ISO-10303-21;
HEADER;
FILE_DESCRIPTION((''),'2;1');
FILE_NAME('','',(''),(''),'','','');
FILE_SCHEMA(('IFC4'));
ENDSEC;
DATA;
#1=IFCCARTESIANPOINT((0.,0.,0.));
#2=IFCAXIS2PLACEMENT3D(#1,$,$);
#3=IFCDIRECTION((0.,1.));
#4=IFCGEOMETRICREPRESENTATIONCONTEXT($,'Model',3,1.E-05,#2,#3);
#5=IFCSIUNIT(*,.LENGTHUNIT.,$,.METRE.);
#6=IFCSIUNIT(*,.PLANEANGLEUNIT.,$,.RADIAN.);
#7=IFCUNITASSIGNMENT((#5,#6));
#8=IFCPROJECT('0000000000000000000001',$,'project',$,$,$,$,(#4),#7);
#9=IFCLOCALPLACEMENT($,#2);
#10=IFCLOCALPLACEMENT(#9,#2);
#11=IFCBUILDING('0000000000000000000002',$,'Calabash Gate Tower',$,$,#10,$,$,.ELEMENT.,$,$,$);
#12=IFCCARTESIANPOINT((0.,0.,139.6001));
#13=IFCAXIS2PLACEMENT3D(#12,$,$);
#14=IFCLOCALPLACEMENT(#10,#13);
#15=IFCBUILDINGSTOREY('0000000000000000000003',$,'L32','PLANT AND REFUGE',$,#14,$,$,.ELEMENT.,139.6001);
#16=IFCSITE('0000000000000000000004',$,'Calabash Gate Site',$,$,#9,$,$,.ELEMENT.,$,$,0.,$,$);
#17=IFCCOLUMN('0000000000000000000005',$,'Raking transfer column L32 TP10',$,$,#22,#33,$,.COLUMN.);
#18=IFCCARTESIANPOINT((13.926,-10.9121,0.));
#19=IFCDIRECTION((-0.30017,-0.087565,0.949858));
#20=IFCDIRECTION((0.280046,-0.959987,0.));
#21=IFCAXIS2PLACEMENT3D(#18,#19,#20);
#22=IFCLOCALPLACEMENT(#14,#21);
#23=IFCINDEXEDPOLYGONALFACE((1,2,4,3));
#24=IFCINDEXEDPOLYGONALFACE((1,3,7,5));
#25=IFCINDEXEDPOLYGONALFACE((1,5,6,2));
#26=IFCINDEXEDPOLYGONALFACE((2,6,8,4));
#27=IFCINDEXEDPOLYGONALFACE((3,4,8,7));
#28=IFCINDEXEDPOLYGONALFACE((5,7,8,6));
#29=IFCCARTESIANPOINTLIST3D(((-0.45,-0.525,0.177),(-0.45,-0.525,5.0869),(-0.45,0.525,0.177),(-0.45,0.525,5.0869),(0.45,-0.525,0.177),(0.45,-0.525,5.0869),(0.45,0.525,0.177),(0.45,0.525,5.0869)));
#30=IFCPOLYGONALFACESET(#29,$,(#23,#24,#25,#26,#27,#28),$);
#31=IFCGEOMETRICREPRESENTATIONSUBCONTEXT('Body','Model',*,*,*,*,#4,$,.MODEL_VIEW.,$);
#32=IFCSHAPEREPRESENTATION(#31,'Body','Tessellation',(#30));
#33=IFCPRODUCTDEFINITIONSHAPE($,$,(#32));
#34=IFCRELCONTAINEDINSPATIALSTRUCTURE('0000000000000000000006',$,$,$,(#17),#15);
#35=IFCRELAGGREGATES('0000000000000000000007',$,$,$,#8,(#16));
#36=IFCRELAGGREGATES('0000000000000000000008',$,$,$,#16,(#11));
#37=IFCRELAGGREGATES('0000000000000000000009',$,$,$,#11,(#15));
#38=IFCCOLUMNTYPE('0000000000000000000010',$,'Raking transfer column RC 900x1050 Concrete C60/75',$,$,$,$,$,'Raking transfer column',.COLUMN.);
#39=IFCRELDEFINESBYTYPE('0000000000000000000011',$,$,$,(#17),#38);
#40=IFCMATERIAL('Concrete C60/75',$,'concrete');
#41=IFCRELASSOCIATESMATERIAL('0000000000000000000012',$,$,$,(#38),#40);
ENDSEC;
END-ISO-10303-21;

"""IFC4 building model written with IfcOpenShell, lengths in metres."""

from ifc_helpers import new_model, si_unit, direction, frame, origin, origin_2d, place, context, subcontext, project, spatial, rectangle, extrude, clip, halfspace, material, material_profile, profile_set, type_object, element, save


model = new_model("IFC4")

# Units and contexts
model_context = context("Model", 3, precision=1e-05, world=origin(), true_north=direction((0.0, 1.0)))
body_context = subcontext(model_context, "Body", "Model", "MODEL_VIEW")
ifc_project = project(units=[si_unit("LENGTHUNIT", "METRE"), si_unit("PLANEANGLEUNIT", "RADIAN")], contexts=[model_context])

# Site, building, storey
site_placement = place(None, origin())
site = spatial("IfcSite", under=ifc_project, at=site_placement, Name="Calabash Gate Site", CompositionType="ELEMENT", RefElevation=0.0)
building_placement = place(site_placement, origin())
building = spatial("IfcBuilding", under=site, at=building_placement, Name="Calabash Gate Tower", CompositionType="ELEMENT")
storey_placement = place(building_placement, frame((0.0, 0.0, 139.6001)))
storey = spatial("IfcBuildingStorey", under=building, at=storey_placement, Name="L32", Description="PLANT AND REFUGE", CompositionType="ELEMENT", Elevation=139.6001)

# Column
ifc_material_1 = material(Name="Concrete C60/75", Category="concrete")
ifc_material_profile_1 = material_profile(ifc_material_1, rectangle(XDim=0.8999, YDim=1.05, at=origin_2d()))
ifc_profile_set_1 = profile_set([ifc_material_profile_1], Name="Concrete C60/75")
column_type_1 = type_object("IfcColumnType", Name="Raking transfer column RC 900x1050 Concrete C60/75", ElementType="Raking transfer column", PredefinedType="COLUMN", material=ifc_profile_set_1)
column_1_placement = place(storey_placement, frame((13.926, -10.9121, 0.0), z_axis=(-0.30017, -0.087565, 0.949858), x_axis=(0.280046, -0.959987, 0.0)))
element("IfcColumn", 1, at=column_1_placement, inside=storey, type_object=column_type_1, Name="Raking transfer column L32 TP10", PredefinedType="COLUMN", context=body_context, shape_type="Clipping", body=[
    clip(clip(extrude(rectangle(XDim=0.8999, YDim=1.05, at=origin_2d()), origin(), (0.0, 0.0, 1.0), 5.2639), halfspace(frame((0.0, 0.0, 0.177), z_axis=(0.0, 0.0, 1.0), x_axis=(1.0, 0.0, 0.0)), True)), halfspace(frame((0.0, 0.0, 5.0869), z_axis=(0.0, 0.0, 1.0), x_axis=(1.0, 0.0, 0.0)), False)),
])

save(model, "model.ifc")
